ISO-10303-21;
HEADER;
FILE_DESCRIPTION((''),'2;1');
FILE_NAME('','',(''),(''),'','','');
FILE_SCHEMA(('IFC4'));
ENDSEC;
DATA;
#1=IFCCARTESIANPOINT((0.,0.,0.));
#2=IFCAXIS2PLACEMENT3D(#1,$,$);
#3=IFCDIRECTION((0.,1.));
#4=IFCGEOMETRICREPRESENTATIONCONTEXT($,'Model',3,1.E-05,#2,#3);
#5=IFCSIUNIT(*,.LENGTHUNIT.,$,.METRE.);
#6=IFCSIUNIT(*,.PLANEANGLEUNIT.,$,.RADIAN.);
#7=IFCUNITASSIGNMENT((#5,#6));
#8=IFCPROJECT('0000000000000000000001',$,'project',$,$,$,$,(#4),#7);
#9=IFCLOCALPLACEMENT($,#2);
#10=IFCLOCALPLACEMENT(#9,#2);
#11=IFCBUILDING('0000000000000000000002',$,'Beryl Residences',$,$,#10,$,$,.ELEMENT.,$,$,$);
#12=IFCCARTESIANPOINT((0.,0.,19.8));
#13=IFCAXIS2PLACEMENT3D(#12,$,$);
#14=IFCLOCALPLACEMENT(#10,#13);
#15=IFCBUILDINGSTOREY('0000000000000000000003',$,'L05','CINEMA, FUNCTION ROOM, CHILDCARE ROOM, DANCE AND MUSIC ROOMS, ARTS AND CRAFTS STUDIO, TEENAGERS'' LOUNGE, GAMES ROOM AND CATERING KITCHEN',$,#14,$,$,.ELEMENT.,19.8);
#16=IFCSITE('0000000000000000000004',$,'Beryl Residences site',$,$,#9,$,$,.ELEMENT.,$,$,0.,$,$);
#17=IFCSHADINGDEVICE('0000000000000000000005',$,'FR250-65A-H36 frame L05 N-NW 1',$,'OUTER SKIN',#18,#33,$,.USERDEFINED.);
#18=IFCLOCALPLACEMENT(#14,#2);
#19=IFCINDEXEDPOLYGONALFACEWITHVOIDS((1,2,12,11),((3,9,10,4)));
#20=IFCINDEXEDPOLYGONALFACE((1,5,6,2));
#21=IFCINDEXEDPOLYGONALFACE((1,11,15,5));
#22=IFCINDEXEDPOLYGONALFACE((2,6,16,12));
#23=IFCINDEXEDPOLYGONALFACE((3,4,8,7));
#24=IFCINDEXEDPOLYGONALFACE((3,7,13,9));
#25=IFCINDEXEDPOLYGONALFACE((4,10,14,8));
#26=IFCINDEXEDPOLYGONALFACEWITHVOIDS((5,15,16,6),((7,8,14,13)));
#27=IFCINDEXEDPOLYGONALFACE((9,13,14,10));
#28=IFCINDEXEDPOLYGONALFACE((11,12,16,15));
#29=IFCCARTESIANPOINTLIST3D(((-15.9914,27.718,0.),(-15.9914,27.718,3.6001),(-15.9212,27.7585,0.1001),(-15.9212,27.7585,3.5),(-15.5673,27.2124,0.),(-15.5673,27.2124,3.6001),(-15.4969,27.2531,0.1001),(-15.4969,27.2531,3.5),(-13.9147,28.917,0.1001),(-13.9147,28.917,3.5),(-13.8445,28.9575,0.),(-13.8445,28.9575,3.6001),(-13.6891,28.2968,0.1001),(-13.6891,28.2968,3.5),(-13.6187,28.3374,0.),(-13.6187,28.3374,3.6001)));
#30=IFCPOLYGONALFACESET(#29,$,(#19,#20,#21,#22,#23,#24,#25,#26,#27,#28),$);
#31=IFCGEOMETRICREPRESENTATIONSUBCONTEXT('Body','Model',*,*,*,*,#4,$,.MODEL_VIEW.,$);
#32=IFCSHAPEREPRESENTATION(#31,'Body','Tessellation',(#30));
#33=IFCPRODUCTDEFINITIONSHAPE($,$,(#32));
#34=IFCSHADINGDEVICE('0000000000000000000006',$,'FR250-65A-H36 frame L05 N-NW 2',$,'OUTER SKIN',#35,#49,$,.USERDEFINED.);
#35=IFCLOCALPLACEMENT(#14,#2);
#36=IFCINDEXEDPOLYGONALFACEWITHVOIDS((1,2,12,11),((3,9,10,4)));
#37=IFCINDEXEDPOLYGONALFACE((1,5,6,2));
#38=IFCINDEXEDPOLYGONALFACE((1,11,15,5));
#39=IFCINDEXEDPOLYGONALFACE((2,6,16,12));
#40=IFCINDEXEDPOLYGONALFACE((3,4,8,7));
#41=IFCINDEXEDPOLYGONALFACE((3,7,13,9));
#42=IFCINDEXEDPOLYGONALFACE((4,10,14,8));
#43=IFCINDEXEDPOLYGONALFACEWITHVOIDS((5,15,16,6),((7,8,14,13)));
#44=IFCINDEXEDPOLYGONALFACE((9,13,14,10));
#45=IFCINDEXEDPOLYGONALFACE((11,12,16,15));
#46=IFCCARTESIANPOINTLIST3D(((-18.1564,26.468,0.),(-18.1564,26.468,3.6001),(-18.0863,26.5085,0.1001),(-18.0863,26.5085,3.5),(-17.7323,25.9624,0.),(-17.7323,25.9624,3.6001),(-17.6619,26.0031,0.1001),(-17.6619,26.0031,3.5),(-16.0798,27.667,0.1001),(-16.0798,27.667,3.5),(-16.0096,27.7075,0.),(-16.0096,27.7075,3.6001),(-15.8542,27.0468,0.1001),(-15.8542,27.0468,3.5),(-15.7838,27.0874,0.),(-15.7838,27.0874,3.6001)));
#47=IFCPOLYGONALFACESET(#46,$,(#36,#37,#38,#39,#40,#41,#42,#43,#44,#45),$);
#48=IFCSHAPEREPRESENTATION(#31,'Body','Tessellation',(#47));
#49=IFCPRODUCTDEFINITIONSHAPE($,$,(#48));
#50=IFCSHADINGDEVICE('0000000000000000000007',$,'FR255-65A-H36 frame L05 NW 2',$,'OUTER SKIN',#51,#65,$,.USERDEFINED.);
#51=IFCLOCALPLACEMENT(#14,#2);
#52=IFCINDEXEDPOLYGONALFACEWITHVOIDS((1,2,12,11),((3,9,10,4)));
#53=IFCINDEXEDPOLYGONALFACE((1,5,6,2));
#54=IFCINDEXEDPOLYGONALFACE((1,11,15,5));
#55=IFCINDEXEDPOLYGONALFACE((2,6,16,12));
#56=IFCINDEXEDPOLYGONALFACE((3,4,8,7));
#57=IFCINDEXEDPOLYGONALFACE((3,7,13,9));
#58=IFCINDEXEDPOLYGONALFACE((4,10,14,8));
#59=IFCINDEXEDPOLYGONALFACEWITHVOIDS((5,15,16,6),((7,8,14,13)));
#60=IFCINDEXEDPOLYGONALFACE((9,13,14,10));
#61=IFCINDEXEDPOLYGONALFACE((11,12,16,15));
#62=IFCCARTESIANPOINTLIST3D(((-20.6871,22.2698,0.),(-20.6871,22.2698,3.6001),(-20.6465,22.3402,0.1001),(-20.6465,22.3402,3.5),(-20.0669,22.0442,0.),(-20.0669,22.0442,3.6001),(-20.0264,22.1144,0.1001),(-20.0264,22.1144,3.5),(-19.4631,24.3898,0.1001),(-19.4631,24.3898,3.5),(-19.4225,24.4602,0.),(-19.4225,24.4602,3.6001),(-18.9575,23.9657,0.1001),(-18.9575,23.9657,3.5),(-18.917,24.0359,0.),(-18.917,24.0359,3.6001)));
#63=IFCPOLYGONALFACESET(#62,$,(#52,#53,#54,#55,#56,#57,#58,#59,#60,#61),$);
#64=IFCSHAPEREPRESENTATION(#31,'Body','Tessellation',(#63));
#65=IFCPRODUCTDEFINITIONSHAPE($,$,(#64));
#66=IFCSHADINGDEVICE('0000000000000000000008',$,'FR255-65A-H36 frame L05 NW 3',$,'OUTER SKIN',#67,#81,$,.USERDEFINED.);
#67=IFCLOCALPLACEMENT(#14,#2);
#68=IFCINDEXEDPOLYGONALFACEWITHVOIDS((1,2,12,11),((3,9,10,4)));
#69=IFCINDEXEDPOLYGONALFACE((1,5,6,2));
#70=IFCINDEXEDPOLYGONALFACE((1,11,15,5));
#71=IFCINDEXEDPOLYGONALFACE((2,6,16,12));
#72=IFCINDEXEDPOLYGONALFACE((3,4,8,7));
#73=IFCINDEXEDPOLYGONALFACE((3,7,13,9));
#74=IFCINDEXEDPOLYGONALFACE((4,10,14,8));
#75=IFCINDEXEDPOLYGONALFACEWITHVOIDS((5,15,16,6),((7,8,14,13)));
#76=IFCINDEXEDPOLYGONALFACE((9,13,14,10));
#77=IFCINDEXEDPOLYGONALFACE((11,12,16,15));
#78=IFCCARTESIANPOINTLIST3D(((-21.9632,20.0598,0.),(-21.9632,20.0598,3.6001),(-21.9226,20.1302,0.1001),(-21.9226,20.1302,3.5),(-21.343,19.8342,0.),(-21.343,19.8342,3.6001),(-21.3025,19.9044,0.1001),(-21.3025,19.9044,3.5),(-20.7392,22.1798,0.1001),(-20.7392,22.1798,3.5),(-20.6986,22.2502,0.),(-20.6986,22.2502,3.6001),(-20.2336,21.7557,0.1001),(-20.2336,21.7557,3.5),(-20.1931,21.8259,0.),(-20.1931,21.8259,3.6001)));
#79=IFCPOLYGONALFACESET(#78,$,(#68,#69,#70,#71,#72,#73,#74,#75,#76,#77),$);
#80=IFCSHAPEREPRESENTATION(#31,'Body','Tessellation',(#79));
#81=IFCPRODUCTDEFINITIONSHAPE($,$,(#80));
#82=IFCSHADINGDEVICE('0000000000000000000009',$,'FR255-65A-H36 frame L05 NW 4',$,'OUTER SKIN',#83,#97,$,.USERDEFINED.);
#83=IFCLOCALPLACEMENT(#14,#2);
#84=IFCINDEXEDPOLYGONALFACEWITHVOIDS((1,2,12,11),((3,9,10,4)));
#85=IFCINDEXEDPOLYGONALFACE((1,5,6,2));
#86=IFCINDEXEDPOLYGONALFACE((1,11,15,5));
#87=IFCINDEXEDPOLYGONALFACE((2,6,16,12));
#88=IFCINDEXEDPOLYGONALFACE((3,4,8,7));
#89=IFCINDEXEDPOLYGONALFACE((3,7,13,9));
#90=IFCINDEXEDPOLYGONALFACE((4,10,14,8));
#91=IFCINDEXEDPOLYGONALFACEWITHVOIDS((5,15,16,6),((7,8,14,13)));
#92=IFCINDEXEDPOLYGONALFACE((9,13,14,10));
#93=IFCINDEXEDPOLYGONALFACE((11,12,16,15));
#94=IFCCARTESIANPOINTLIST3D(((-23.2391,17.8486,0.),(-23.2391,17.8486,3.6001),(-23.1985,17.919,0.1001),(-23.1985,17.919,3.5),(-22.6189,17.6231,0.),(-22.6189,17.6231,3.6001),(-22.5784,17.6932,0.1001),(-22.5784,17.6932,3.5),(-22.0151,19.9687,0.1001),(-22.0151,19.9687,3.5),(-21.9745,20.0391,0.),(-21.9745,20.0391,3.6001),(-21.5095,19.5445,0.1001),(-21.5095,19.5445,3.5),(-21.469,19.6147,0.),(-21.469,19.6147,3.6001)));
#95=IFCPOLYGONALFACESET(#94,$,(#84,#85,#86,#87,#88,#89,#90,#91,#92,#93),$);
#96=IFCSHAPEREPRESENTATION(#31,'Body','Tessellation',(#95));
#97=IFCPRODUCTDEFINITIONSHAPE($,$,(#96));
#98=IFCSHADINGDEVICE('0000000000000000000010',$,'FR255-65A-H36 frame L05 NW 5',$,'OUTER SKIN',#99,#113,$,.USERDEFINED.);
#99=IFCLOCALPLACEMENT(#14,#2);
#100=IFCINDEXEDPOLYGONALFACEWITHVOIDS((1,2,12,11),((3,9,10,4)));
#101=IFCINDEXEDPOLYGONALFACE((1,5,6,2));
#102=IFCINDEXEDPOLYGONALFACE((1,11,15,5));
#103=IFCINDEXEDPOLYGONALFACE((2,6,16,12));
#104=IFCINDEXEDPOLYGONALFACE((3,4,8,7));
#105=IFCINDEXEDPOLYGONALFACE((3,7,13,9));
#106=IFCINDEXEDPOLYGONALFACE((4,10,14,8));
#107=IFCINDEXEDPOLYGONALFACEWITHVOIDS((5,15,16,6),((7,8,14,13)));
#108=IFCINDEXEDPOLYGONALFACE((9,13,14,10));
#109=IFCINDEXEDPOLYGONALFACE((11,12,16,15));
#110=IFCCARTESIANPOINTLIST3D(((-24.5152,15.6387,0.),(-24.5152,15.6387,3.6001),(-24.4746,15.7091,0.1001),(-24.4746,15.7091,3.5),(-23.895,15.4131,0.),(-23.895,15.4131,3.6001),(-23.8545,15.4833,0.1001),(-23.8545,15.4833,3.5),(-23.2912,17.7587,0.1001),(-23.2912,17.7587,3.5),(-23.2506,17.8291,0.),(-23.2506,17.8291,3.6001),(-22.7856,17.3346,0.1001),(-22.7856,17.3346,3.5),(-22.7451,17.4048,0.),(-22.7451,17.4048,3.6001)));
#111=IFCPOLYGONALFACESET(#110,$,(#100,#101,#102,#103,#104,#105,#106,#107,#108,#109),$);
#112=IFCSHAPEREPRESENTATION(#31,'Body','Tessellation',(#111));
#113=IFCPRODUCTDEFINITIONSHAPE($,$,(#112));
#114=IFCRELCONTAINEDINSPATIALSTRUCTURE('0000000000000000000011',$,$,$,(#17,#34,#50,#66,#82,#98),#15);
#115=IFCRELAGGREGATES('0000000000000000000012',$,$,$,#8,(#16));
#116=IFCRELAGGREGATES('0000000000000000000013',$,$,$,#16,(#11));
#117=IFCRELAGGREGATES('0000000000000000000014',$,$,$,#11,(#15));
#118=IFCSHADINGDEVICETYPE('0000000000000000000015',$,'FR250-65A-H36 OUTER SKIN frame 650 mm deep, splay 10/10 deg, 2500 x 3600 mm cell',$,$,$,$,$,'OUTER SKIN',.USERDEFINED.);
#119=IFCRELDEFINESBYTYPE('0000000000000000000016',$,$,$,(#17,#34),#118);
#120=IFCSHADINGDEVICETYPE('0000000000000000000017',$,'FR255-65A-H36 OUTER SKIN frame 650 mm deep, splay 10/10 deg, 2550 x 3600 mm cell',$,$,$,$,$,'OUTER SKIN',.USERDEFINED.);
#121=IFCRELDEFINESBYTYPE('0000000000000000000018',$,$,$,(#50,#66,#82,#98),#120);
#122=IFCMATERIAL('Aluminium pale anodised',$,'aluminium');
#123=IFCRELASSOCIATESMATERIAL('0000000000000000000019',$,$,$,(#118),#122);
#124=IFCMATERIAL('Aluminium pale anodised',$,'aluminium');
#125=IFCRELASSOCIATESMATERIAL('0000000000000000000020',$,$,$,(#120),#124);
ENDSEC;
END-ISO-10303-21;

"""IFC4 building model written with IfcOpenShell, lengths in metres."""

from ifc_helpers import new_model, entity, si_unit, direction, frame, origin, place, context, subcontext, project, spatial, source, transform, mapped, material, type_object, type_shapes, element, save


model = new_model("IFC4")

# Units and contexts
model_context = context("Model", 3, precision=1e-05, world=origin(), true_north=direction((0.0, 1.0)))
body_context = subcontext(model_context, "Body", "Model", "MODEL_VIEW")
ifc_project = project(units=[si_unit("LENGTHUNIT", "METRE"), si_unit("PLANEANGLEUNIT", "RADIAN")], contexts=[model_context])

# Site, building, storey
site_placement = place(None, origin())
site = spatial("IfcSite", under=ifc_project, at=site_placement, Name="Beryl Residences site", CompositionType="ELEMENT", RefElevation=0.0)
building_placement = place(site_placement, origin())
building = spatial("IfcBuilding", under=site, at=building_placement, Name="Beryl Residences", CompositionType="ELEMENT")
storey_placement = place(building_placement, frame((0.0, 0.0, 19.8)))
storey = spatial("IfcBuildingStorey", under=building, at=storey_placement, Name="L05", Description="CINEMA, FUNCTION ROOM, CHILDCARE ROOM, DANCE AND MUSIC ROOMS, ARTS AND CRAFTS STUDIO, TEENAGERS' LOUNGE, GAMES ROOM AND CATERING KITCHEN", CompositionType="ELEMENT", Elevation=19.8)

# Shading devices
ifc_material_1 = material(Name="Aluminium pale anodised", Category="aluminium")
shading_device_type_1 = type_object("IfcShadingDeviceType", Name="FR250-65A-H36 OUTER SKIN frame 650 mm deep, splay 10/10 deg, 2500 x 3600 mm cell", ElementType="OUTER SKIN", PredefinedType="USERDEFINED", material=ifc_material_1)
cartesian_point_1 = entity("IfcCartesianPoint", [-1.125, 0.0])
cartesian_point_2 = entity("IfcCartesianPoint", [-1.0437, 0.1001])
cartesian_point_3 = entity("IfcCartesianPoint", [-1.2395, 0.0])
cartesian_point_4 = entity("IfcCartesianPoint", [-1.1584, 0.1001])
shared_shape_1 = source(origin(), body_context, "Body", "SweptSolid", [
    entity("IfcExtrudedAreaSolidTapered", entity("IfcArbitraryProfileDefWithVoids", "AREA", None, entity("IfcPolyline", [cartesian_point_1, entity("IfcCartesianPoint", [1.125, 0.0]), entity("IfcCartesianPoint", [1.125, 3.6001]), entity("IfcCartesianPoint", [-1.125, 3.6001]), cartesian_point_1]), [entity("IfcPolyline", [cartesian_point_2, entity("IfcCartesianPoint", [1.0437, 0.1001]), entity("IfcCartesianPoint", [1.0437, 3.5]), entity("IfcCartesianPoint", [-1.0437, 3.5]), cartesian_point_2])]), entity("IfcAxis2Placement3D", entity("IfcCartesianPoint", [0.0, 0.0, 0.0]), entity("IfcDirection", [0.0, 1.0, 0.0]), entity("IfcDirection", [-1.0, 0.0, 0.0])), entity("IfcDirection", [0.0, 0.0, 1.0]), 0.6499, entity("IfcArbitraryProfileDefWithVoids", "AREA", None, entity("IfcPolyline", [cartesian_point_3, entity("IfcCartesianPoint", [1.2395, 0.0]), entity("IfcCartesianPoint", [1.2395, 3.6001]), entity("IfcCartesianPoint", [-1.2395, 3.6001]), cartesian_point_3]), [entity("IfcPolyline", [cartesian_point_4, entity("IfcCartesianPoint", [1.1584, 0.1001]), entity("IfcCartesianPoint", [1.1584, 3.5]), entity("IfcCartesianPoint", [-1.1584, 3.5]), cartesian_point_4])])),
])
type_shapes(shading_device_type_1, [shared_shape_1])
for number, where, z_axis, x_axis, name in (
    (1, (-14.593, 27.7749, 0.0), (0.0, 0.0, 1.0), (0.866025, 0.5, 0.0), "FR250-65A-H36 frame L05 N-NW 1"),
    (2, (-16.7581, 26.5249, 0.0), (0.0, 0.0, 1.0), (0.866025, 0.5, 0.0), "FR250-65A-H36 frame L05 N-NW 2"),
):
    element("IfcShadingDevice", number, at=place(storey_placement, frame(where, z_axis=z_axis, x_axis=x_axis)), inside=storey, type_object=shading_device_type_1, Name=name, ObjectType="OUTER SKIN", PredefinedType="USERDEFINED", context=body_context, shape_type="MappedRepresentation", body=[
        mapped(shared_shape_1, transform((0.0, 0.0, 0.0))),
    ])
ifc_material_2 = material(Name="Aluminium pale anodised", Category="aluminium")
shading_device_type_2 = type_object("IfcShadingDeviceType", Name="FR255-65A-H36 OUTER SKIN frame 650 mm deep, splay 10/10 deg, 2550 x 3600 mm cell", ElementType="OUTER SKIN", PredefinedType="USERDEFINED", material=ifc_material_2)
cartesian_point_5 = entity("IfcCartesianPoint", [-1.1499, 0.0])
cartesian_point_6 = entity("IfcCartesianPoint", [-1.0688, 0.1001])
cartesian_point_7 = entity("IfcCartesianPoint", [-1.2646, 0.0])
cartesian_point_8 = entity("IfcCartesianPoint", [-1.1833, 0.1001])
shared_shape_2 = source(origin(), body_context, "Body", "SweptSolid", [
    entity("IfcExtrudedAreaSolidTapered", entity("IfcArbitraryProfileDefWithVoids", "AREA", None, entity("IfcPolyline", [cartesian_point_5, entity("IfcCartesianPoint", [1.1499, 0.0]), entity("IfcCartesianPoint", [1.1499, 3.6001]), entity("IfcCartesianPoint", [-1.1499, 3.6001]), cartesian_point_5]), [entity("IfcPolyline", [cartesian_point_6, entity("IfcCartesianPoint", [1.0688, 0.1001]), entity("IfcCartesianPoint", [1.0688, 3.5]), entity("IfcCartesianPoint", [-1.0688, 3.5]), cartesian_point_6])]), entity("IfcAxis2Placement3D", entity("IfcCartesianPoint", [0.0, 0.0, 0.0]), entity("IfcDirection", [0.0, 1.0, 0.0]), entity("IfcDirection", [-1.0, 0.0, 0.0])), entity("IfcDirection", [0.0, 0.0, 1.0]), 0.6499, entity("IfcArbitraryProfileDefWithVoids", "AREA", None, entity("IfcPolyline", [cartesian_point_7, entity("IfcCartesianPoint", [1.2646, 0.0]), entity("IfcCartesianPoint", [1.2646, 3.6001]), entity("IfcCartesianPoint", [-1.2646, 3.6001]), cartesian_point_7]), [entity("IfcPolyline", [cartesian_point_8, entity("IfcCartesianPoint", [1.1833, 0.1001]), entity("IfcCartesianPoint", [1.1833, 3.5]), entity("IfcCartesianPoint", [-1.1833, 3.5]), cartesian_point_8])])),
])
type_shapes(shading_device_type_2, [shared_shape_2])
for number, where, z_axis, x_axis, name in (
    (3, (-19.4919, 23.04, 0.0), (0.0, 0.0, 1.0), (0.5, 0.866025, 0.0), "FR255-65A-H36 frame L05 NW 2"),
    (4, (-20.7681, 20.8301, 0.0), (0.0, 0.0, 1.0), (0.5, 0.866025, 0.0), "FR255-65A-H36 frame L05 NW 3"),
    (5, (-22.0439, 18.6189, 0.0), (0.0, 0.0, 1.0), (0.5, 0.866025, 0.0), "FR255-65A-H36 frame L05 NW 4"),
    (6, (-23.3201, 16.4089, 0.0), (0.0, 0.0, 1.0), (0.5, 0.866025, 0.0), "FR255-65A-H36 frame L05 NW 5"),
):
    element("IfcShadingDevice", number, at=place(storey_placement, frame(where, z_axis=z_axis, x_axis=x_axis)), inside=storey, type_object=shading_device_type_2, Name=name, ObjectType="OUTER SKIN", PredefinedType="USERDEFINED", context=body_context, shape_type="MappedRepresentation", body=[
        mapped(shared_shape_2, transform((0.0, 0.0, 0.0))),
    ])

save(model, "model.ifc")
